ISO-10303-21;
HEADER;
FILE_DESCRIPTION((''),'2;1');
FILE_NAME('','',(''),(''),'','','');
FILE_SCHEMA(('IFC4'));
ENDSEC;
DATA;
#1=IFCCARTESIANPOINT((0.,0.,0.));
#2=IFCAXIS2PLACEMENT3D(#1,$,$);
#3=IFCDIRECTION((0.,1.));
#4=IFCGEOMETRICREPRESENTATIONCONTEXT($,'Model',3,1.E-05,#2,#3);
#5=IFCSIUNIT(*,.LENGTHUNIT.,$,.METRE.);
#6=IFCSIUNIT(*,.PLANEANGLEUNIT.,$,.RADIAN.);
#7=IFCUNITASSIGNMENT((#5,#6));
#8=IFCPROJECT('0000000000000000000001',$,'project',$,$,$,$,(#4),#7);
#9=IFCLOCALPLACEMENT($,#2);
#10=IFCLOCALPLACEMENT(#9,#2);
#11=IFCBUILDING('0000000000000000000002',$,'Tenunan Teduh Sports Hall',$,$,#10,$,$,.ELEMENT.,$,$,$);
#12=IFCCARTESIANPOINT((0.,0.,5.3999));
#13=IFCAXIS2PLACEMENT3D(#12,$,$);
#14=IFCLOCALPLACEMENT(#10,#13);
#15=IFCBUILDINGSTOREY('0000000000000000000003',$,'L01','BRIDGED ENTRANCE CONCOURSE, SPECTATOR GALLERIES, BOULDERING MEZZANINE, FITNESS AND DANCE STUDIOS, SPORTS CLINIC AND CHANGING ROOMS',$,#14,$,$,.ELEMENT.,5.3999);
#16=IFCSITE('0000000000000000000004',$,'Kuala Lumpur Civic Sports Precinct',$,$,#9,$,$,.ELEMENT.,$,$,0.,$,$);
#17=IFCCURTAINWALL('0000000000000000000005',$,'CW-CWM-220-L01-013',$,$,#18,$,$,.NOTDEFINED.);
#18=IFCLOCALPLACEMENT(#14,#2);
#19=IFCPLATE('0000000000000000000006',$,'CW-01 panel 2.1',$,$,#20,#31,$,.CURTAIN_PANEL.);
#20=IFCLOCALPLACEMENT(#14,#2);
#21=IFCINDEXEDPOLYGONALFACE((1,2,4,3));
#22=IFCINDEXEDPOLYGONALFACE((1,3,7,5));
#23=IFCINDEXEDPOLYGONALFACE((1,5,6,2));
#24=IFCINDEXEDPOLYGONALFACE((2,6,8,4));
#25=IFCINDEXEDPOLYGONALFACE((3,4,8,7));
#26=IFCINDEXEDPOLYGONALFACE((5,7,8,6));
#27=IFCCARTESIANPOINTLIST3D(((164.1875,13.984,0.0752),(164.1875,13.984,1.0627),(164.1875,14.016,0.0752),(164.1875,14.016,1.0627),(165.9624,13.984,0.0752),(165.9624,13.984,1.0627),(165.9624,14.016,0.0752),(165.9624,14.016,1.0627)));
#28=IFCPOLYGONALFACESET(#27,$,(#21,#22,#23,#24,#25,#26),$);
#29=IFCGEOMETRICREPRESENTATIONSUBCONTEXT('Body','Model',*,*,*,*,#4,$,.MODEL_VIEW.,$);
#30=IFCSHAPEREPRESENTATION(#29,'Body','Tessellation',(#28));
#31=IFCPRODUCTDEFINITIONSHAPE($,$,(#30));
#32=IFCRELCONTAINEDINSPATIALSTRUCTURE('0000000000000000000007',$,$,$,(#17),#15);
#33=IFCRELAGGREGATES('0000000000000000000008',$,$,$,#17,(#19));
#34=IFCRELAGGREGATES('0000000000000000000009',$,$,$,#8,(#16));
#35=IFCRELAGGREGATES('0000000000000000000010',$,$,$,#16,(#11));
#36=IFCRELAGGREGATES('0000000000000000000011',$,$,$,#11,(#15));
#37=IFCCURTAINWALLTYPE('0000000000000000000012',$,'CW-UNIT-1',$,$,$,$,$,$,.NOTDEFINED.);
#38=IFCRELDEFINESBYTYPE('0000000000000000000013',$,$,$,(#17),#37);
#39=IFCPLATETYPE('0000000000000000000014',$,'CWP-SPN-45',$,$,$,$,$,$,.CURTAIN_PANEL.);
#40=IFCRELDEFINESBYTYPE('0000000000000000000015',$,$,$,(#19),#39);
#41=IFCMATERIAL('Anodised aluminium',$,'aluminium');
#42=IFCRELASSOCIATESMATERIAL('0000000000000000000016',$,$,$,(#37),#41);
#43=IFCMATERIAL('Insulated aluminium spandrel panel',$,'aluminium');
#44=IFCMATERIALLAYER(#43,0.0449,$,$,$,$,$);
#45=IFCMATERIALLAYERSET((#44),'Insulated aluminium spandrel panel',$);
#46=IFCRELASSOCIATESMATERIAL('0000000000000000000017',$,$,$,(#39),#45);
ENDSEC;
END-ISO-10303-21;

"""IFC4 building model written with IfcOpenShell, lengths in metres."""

from ifc_helpers import new_model, si_unit, direction, frame, origin, origin_2d, place, context, subcontext, project, spatial, rectangle, extrude, material, layer, layer_set, type_object, element, aggregate, save


model = new_model("IFC4")

# Units and contexts
model_context = context("Model", 3, precision=1e-05, world=origin(), true_north=direction((0.0, 1.0)))
body_context = subcontext(model_context, "Body", "Model", "MODEL_VIEW")
ifc_project = project(units=[si_unit("LENGTHUNIT", "METRE"), si_unit("PLANEANGLEUNIT", "RADIAN")], contexts=[model_context])

# Site, building, storey
site_placement = place(None, origin())
site = spatial("IfcSite", under=ifc_project, at=site_placement, Name="Kuala Lumpur Civic Sports Precinct", CompositionType="ELEMENT", RefElevation=0.0)
building_placement = place(site_placement, origin())
building = spatial("IfcBuilding", under=site, at=building_placement, Name="Tenunan Teduh Sports Hall", CompositionType="ELEMENT")
storey_placement = place(building_placement, frame((0.0, 0.0, 5.3999)))
storey = spatial("IfcBuildingStorey", under=building, at=storey_placement, Name="L01", Description="BRIDGED ENTRANCE CONCOURSE, SPECTATOR GALLERIES, BOULDERING MEZZANINE, FITNESS AND DANCE STUDIOS, SPORTS CLINIC AND CHANGING ROOMS", CompositionType="ELEMENT", Elevation=5.3999)

# Shared definitions
ifc_material_1 = material(Name="Anodised aluminium", Category="aluminium")
curtain_wall_type = type_object("IfcCurtainWallType", Name="CW-UNIT-1", PredefinedType="NOTDEFINED", material=ifc_material_1)

# Curtain wall
curtain_wall_1_placement = place(storey_placement, origin())
curtain_wall_1 = element("IfcCurtainWall", 1, at=curtain_wall_1_placement, inside=storey, type_object=curtain_wall_type, Name="CW-CWM-220-L01-013", PredefinedType="NOTDEFINED")

# Plate
ifc_material_2 = material(Name="Insulated aluminium spandrel panel", Category="aluminium")
ifc_layer_1 = layer(ifc_material_2, 0.0449)
ifc_layer_set_1 = layer_set([ifc_layer_1], Name="Insulated aluminium spandrel panel")
plate_type_1 = type_object("IfcPlateType", Name="CWP-SPN-45", PredefinedType="CURTAIN_PANEL", material=ifc_layer_set_1)
plate_1_placement = place(storey_placement, frame((165.075, 14.0, 0.0752), z_axis=(0.0, 0.0, 1.0), x_axis=(1.0, 0.0, 0.0)))
plate_1 = element("IfcPlate", 2, at=plate_1_placement, type_object=plate_type_1, Name="CW-01 panel 2.1", PredefinedType="CURTAIN_PANEL", context=body_context, shape_type="SweptSolid", body=[
    extrude(rectangle(XDim=1.7749, YDim=0.032, at=origin_2d()), origin(), (0.0, 0.0, 1.0), 0.9875),
])
aggregate(curtain_wall_1, [plate_1])

save(model, "model.ifc")
